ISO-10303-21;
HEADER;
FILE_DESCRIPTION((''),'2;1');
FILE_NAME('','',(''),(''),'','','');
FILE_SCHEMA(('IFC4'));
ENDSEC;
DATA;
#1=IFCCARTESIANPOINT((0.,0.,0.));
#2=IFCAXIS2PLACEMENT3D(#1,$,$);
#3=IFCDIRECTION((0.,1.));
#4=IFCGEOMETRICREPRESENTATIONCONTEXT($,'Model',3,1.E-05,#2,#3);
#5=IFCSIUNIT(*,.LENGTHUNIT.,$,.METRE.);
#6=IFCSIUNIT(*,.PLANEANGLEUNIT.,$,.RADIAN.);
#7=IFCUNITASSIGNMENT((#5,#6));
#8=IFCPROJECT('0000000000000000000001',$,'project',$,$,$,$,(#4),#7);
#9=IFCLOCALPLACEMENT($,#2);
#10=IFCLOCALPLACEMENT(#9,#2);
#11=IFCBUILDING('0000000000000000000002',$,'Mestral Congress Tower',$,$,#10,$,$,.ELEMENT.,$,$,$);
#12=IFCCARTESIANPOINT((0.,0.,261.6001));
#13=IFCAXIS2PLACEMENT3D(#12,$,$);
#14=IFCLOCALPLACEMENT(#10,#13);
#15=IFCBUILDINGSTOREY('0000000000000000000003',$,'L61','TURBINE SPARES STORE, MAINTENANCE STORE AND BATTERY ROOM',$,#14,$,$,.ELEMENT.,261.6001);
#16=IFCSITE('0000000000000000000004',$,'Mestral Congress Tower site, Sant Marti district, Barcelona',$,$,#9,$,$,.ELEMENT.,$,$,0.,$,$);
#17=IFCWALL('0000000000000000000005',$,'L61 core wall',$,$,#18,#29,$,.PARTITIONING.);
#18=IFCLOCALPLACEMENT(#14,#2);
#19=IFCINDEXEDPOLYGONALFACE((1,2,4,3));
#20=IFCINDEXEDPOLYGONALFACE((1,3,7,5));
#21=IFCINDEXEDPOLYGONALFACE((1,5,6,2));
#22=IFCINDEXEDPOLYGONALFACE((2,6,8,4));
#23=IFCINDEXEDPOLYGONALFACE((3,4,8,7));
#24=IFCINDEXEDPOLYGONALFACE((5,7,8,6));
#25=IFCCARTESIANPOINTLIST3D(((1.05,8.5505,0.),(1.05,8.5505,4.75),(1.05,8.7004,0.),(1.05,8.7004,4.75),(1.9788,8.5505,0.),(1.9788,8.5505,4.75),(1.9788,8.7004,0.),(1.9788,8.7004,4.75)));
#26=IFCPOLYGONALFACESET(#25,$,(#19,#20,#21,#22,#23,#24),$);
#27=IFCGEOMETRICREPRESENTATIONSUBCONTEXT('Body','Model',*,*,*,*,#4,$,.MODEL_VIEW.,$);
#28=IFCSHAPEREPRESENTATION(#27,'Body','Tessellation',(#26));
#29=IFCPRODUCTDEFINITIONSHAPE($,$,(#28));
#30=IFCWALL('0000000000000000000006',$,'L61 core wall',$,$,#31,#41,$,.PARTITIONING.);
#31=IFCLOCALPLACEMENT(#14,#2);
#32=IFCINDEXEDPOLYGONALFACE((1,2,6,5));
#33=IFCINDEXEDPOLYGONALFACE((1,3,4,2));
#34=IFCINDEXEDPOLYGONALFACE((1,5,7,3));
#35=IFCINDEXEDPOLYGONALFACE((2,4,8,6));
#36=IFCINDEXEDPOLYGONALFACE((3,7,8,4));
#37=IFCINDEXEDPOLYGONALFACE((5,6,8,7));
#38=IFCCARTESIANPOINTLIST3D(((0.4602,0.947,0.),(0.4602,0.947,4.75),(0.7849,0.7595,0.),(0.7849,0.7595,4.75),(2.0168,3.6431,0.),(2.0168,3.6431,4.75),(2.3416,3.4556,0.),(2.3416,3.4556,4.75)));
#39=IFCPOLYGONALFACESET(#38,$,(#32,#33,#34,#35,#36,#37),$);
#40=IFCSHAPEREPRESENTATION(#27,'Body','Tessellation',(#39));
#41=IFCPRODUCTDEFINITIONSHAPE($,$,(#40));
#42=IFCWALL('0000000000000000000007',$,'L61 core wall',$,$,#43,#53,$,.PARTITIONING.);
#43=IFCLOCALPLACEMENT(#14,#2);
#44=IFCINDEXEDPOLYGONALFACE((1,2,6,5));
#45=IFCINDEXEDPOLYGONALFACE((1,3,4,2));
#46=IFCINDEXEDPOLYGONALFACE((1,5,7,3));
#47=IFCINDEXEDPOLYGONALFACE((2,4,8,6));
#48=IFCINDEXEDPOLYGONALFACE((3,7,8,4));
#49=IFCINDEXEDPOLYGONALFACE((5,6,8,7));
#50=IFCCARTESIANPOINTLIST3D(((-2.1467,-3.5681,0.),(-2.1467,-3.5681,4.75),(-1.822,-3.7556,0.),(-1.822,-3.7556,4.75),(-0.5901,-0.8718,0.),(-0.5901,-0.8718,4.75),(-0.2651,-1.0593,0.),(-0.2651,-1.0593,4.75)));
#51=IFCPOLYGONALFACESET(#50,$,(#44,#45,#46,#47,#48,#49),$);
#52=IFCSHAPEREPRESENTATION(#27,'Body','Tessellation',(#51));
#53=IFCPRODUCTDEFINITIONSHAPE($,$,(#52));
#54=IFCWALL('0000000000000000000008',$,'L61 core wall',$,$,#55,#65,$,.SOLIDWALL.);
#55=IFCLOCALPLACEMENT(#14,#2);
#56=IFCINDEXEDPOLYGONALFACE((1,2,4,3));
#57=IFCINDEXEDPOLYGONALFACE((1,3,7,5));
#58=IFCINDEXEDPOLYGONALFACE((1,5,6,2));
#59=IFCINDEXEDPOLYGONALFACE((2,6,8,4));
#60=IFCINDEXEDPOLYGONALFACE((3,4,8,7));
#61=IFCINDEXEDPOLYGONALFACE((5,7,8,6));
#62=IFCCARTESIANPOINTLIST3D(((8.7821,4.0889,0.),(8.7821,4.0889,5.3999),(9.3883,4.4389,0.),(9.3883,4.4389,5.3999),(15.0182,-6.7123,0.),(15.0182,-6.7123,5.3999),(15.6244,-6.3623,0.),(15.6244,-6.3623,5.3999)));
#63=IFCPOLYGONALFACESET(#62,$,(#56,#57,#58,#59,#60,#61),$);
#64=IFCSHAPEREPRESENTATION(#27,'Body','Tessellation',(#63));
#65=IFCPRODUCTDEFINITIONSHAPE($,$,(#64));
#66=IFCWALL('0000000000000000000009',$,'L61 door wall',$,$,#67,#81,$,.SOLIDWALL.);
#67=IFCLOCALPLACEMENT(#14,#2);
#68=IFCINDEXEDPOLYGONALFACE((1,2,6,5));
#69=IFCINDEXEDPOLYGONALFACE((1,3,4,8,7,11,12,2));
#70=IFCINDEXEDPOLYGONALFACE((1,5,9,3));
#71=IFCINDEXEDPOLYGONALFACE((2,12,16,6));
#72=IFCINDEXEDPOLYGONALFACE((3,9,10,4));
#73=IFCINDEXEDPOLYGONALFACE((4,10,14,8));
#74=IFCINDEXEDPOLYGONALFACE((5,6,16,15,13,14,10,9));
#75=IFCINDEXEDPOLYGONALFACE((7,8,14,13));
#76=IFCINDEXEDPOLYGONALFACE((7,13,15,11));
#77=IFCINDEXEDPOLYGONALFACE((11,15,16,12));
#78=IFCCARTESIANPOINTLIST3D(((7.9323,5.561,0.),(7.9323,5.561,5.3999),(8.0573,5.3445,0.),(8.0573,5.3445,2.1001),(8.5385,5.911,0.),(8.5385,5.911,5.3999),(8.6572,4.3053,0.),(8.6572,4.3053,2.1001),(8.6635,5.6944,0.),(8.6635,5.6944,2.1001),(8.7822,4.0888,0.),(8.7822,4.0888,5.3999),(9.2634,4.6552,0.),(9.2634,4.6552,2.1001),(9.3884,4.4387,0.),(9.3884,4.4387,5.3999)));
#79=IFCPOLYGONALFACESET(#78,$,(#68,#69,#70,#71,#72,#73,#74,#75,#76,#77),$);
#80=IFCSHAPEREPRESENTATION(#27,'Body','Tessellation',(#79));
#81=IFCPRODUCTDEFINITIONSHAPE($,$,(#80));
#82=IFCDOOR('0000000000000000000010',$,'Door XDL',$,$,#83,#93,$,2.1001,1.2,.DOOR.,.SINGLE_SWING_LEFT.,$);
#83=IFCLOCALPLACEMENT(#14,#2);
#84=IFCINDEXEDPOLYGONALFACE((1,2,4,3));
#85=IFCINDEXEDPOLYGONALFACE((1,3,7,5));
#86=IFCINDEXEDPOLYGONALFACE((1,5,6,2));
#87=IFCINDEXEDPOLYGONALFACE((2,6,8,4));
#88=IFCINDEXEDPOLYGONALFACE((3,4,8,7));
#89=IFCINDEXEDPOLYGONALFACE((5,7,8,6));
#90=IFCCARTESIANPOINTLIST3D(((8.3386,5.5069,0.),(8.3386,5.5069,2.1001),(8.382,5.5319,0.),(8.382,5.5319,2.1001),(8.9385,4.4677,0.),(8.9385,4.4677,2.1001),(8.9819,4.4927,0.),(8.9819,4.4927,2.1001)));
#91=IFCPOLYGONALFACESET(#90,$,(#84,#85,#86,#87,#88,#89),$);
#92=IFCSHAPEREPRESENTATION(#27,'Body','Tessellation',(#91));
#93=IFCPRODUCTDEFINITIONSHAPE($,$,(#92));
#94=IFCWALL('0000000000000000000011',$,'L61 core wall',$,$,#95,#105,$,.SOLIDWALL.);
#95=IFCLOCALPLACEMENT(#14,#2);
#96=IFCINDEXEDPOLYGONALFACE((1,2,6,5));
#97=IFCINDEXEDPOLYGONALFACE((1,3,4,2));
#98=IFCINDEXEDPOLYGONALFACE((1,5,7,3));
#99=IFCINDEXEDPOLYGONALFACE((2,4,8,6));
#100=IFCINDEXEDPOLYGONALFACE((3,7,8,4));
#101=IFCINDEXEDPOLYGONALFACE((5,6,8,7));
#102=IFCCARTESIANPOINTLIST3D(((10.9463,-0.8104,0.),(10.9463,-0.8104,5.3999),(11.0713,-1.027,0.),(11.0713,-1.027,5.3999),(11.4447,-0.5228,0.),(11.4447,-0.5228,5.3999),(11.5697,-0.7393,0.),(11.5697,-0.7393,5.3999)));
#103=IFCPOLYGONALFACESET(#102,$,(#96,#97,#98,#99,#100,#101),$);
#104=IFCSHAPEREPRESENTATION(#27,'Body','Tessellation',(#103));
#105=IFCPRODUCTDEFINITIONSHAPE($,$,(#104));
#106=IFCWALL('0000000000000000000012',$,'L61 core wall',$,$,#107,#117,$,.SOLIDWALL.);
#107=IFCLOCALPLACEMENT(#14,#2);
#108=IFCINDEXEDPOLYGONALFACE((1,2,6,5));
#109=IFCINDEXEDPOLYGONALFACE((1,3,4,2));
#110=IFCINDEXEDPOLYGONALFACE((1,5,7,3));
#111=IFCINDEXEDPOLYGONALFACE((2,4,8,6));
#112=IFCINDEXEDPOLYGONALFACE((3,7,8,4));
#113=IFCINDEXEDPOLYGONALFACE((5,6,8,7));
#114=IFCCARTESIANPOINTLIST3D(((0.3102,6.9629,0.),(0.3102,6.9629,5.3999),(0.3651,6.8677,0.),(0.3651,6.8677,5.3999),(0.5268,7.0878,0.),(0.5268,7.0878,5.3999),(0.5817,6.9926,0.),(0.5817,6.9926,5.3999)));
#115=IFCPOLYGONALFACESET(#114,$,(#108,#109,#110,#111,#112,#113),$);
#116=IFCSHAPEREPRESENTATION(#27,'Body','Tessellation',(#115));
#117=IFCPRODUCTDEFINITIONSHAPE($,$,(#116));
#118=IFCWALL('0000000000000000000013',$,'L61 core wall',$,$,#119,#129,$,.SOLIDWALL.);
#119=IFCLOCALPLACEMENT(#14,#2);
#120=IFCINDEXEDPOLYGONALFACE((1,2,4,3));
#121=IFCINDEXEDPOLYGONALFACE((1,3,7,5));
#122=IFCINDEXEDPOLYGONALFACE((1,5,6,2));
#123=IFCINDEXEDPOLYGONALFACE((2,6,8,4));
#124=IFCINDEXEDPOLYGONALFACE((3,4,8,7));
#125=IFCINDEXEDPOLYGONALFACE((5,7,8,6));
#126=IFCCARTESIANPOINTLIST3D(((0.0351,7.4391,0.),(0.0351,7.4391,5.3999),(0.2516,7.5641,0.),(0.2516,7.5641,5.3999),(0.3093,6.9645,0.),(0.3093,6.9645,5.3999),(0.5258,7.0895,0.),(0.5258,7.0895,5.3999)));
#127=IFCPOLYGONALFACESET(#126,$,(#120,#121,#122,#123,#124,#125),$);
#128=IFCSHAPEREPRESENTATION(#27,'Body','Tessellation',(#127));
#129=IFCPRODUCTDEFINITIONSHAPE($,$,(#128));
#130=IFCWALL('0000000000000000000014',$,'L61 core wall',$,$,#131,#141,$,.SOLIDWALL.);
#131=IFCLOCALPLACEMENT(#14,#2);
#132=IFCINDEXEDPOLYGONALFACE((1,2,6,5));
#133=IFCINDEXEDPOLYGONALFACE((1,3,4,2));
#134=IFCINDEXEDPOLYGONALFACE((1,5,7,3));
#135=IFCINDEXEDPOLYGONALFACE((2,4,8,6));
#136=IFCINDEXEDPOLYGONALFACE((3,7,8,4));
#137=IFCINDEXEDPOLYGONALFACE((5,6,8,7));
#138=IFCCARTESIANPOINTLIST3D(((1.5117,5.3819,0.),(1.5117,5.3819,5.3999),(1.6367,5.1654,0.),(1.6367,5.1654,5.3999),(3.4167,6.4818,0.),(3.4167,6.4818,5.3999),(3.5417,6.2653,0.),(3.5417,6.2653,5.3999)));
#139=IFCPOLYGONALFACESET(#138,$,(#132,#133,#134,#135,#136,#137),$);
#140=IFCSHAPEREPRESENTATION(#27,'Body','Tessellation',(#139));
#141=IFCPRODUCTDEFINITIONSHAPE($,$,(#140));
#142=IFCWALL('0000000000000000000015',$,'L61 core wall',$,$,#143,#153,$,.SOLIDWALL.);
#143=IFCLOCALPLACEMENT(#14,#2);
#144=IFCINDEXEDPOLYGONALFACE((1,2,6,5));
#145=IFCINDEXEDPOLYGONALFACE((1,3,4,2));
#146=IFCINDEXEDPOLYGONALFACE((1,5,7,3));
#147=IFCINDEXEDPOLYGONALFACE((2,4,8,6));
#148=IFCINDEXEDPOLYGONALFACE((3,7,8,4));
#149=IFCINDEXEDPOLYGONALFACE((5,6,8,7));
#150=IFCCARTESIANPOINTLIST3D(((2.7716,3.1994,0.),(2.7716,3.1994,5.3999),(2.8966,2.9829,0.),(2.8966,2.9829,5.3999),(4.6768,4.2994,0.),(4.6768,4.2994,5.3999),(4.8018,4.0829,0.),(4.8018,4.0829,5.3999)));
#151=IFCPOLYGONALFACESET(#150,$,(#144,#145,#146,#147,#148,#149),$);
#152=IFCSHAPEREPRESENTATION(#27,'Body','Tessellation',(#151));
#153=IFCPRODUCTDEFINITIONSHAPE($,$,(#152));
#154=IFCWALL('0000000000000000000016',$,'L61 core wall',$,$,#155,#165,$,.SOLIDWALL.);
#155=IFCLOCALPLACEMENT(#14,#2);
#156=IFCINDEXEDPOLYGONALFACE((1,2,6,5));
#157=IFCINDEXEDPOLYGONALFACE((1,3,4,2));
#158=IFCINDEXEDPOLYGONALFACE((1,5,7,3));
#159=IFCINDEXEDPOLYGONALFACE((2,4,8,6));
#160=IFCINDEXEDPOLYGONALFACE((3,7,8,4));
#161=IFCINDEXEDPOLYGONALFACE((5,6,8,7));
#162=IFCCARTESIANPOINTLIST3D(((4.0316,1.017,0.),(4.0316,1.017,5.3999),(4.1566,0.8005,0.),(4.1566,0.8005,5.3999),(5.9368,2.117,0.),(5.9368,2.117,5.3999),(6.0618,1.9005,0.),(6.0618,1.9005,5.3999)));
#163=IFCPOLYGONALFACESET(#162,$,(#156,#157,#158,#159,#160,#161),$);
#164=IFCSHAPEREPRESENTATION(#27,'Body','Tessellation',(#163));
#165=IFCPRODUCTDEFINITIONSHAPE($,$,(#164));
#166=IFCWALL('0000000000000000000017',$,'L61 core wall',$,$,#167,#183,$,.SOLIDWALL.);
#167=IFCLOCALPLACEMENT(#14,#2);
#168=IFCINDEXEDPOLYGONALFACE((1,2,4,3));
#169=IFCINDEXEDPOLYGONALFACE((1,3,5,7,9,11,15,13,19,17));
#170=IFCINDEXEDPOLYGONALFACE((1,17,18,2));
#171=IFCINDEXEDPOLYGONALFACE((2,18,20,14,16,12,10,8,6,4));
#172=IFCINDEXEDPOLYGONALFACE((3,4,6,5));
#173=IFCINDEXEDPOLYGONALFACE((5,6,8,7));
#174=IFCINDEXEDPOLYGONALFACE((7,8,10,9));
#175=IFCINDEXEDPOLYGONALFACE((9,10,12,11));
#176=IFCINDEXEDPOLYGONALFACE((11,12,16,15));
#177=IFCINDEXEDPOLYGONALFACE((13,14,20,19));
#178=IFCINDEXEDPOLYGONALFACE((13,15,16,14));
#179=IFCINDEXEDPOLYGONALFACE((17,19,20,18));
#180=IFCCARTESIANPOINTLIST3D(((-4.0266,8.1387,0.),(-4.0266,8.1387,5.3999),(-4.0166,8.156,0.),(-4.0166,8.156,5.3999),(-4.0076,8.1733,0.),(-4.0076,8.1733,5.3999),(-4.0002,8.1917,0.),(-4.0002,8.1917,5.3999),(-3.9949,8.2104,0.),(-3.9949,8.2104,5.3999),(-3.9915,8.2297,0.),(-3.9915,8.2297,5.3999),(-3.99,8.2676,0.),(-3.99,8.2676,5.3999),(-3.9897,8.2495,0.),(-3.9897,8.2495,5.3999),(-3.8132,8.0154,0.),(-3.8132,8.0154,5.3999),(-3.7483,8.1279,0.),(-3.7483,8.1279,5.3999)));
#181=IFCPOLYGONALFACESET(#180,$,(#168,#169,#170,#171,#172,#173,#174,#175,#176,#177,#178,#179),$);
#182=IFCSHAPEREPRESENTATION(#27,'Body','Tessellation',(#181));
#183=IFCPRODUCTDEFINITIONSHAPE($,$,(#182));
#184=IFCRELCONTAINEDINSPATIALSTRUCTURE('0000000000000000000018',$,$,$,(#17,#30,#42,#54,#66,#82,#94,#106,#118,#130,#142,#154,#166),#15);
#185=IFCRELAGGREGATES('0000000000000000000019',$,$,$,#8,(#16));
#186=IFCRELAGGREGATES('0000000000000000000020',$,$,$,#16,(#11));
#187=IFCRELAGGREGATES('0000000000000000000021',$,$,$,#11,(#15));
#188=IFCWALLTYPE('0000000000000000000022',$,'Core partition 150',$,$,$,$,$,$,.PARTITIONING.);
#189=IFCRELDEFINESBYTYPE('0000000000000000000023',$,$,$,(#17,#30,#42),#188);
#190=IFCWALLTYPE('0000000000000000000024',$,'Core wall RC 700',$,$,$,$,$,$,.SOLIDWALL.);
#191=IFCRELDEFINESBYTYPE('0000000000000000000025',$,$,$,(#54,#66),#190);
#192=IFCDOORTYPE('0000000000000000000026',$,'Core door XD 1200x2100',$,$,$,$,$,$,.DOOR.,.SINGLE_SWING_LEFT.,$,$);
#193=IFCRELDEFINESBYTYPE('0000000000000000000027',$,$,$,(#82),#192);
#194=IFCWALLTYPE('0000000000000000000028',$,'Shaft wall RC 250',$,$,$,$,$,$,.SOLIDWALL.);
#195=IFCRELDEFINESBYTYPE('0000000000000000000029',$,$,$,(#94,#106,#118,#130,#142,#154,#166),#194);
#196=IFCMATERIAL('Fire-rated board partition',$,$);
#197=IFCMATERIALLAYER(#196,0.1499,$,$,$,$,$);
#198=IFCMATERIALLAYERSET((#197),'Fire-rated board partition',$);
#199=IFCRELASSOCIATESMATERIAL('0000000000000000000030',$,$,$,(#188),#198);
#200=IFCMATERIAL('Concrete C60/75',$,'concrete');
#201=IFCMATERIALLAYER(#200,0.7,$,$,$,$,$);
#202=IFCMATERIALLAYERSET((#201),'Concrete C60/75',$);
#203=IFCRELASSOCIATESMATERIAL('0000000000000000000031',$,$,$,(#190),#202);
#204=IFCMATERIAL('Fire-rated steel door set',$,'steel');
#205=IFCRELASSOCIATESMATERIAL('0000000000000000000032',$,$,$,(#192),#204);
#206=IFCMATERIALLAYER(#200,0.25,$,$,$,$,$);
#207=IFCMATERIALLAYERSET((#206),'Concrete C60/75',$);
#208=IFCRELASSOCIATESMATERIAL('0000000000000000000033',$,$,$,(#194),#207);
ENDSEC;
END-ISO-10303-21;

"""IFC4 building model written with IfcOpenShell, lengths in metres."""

from ifc_helpers import new_model, si_unit, direction, frame, frame_2d, origin, place, context, subcontext, project, spatial, polyline, rectangle, outline, extrude, material, layer, layer_set, type_object, element, fill, save


model = new_model("IFC4")

# Units and contexts
model_context = context("Model", 3, precision=1e-05, world=origin(), true_north=direction((0.0, 1.0)))
body_context = subcontext(model_context, "Body", "Model", "MODEL_VIEW")
ifc_project = project(units=[si_unit("LENGTHUNIT", "METRE"), si_unit("PLANEANGLEUNIT", "RADIAN")], contexts=[model_context])

# Site, building, storey
site_placement = place(None, origin())
site = spatial("IfcSite", under=ifc_project, at=site_placement, Name="Mestral Congress Tower site, Sant Marti district, Barcelona", CompositionType="ELEMENT", RefElevation=0.0)
building_placement = place(site_placement, origin())
building = spatial("IfcBuilding", under=site, at=building_placement, Name="Mestral Congress Tower", CompositionType="ELEMENT")
storey_placement = place(building_placement, frame((0.0, 0.0, 261.6001)))
storey = spatial("IfcBuildingStorey", under=building, at=storey_placement, Name="L61", Description="TURBINE SPARES STORE, MAINTENANCE STORE AND BATTERY ROOM", CompositionType="ELEMENT", Elevation=261.6001)

# Walls
ifc_material_1 = material(Name="Fire-rated board partition")
ifc_layer_1 = layer(ifc_material_1, 0.1499)
ifc_layer_set_1 = layer_set([ifc_layer_1], Name="Fire-rated board partition")
wall_type_1 = type_object("IfcWallType", Name="Core partition 150", PredefinedType="PARTITIONING", material=ifc_layer_set_1)
wall_1_placement = place(storey_placement, frame((1.05, 8.6255, 0.0), z_axis=(0.0, 0.0, 1.0), x_axis=(1.0, 0.0, 0.0)))
element("IfcWall", 1, at=wall_1_placement, inside=storey, type_object=wall_type_1, Name="L61 core wall", PredefinedType="PARTITIONING", context=body_context, shape_type="SweptSolid", body=[
    extrude(rectangle(XDim=0.9287, YDim=0.1499, at=frame_2d((0.4644, 0.0))), origin(), (0.0, 0.0, 1.0), 4.75),
])
placement = place(storey_placement, origin())
element("IfcWall", 2, at=placement, inside=storey, type_object=wall_type_1, Name="L61 core wall", PredefinedType="PARTITIONING", context=body_context, shape_type="SweptSolid", body=[
    extrude(outline(polyline([(2.0168, 3.6431), (2.3416, 3.4556), (0.7849, 0.7595), (0.4602, 0.947), (2.0168, 3.6431)])), origin(), (0.0, 0.0, 1.0), 4.75),
])
element("IfcWall", 3, at=placement, inside=storey, type_object=wall_type_1, Name="L61 core wall", PredefinedType="PARTITIONING", context=body_context, shape_type="SweptSolid", body=[
    extrude(outline(polyline([(-0.5901, -0.8718), (-0.2651, -1.0593), (-1.822, -3.7556), (-2.1467, -3.5681), (-0.5901, -0.8718)])), origin(), (0.0, 0.0, 1.0), 4.75),
])
ifc_material_2 = material(Name="Concrete C60/75", Category="concrete")
ifc_layer_2 = layer(ifc_material_2, 0.7)
ifc_layer_set_2 = layer_set([ifc_layer_2], Name="Concrete C60/75")
wall_type_2 = type_object("IfcWallType", Name="Core wall RC 700", PredefinedType="SOLIDWALL", material=ifc_layer_set_2)
wall_2_placement = place(storey_placement, frame((9.0852, 4.2639, 0.0), z_axis=(0.0, 0.0, 1.0), x_axis=(0.499998, -0.866027, 0.0)))
element("IfcWall", 4, at=wall_2_placement, inside=storey, type_object=wall_type_2, Name="L61 core wall", PredefinedType="SOLIDWALL", context=body_context, shape_type="SweptSolid", body=[
    extrude(rectangle(XDim=12.4722, YDim=0.7, at=frame_2d((6.2361, 0.0))), origin(), (0.0, 0.0, 1.0), 5.3999),
])

# Wall, opening, door
wall_3_placement = place(storey_placement, frame((8.2354, 5.7361, 0.0), z_axis=(0.0, 0.0, 1.0), x_axis=(0.499955, -0.866052, 0.0)))
wall_3 = element("IfcWall", 5, at=wall_3_placement, inside=storey, type_object=wall_type_2, Name="L61 door wall", PredefinedType="SOLIDWALL", context=body_context, shape_type="SweptSolid", body=[
    extrude(rectangle(XDim=1.7, YDim=0.7, at=frame_2d((0.8501, 0.0))), origin(), (0.0, 0.0, 1.0), 5.3999),
])
opening_1_placement = place(wall_3_placement, frame((0.25, 0.0, 0.0)))
opening_1 = element("IfcOpeningElement", 6, at=opening_1_placement, cuts=wall_3, PredefinedType="OPENING", context=body_context, shape_type="SweptSolid", body=[
    extrude(rectangle(XDim=1.2, YDim=2.1001, at=frame_2d((0.6001, 1.05))), frame((0.0, 0.3599, 0.0), z_axis=(0.0, -1.0, 0.0), x_axis=(1.0, 0.0, 0.0)), (0.0, 0.0, 1.0), 0.72),
])
ifc_material_3 = material(Name="Fire-rated steel door set", Category="steel")
door_type_1 = type_object("IfcDoorType", Name="Core door XD 1200x2100", OperationType="SINGLE_SWING_LEFT", PredefinedType="DOOR", material=ifc_material_3)
door_1_placement = place(opening_1_placement, origin())
door_1 = element("IfcDoor", 7, at=door_1_placement, inside=storey, type_object=door_type_1, Name="Door XDL", OperationType="SINGLE_SWING_LEFT", OverallHeight=2.1001, OverallWidth=1.2, PredefinedType="DOOR", context=body_context, shape_type="SweptSolid", body=[
    extrude(rectangle(XDim=1.2, YDim=2.1001, at=frame_2d((0.6001, 1.05))), frame((0.0, 0.0249, 0.0), z_axis=(0.0, -1.0, 0.0), x_axis=(1.0, 0.0, 0.0)), (0.0, 0.0, 1.0), 0.05),
])
fill(opening_1, door_1)

# Walls
ifc_layer_3 = layer(ifc_material_2, 0.25)
ifc_layer_set_3 = layer_set([ifc_layer_3], Name="Concrete C60/75")
wall_type_3 = type_object("IfcWallType", Name="Shaft wall RC 250", PredefinedType="SOLIDWALL", material=ifc_layer_set_3)
wall_4_placement = place(storey_placement, frame((11.5071, -0.6311, 0.0), z_axis=(0.0, 0.0, 1.0), x_axis=(-0.866094, -0.499882, 0.0)))
element("IfcWall", 8, at=wall_4_placement, inside=storey, type_object=wall_type_3, Name="L61 core wall", PredefinedType="SOLIDWALL", context=body_context, shape_type="SweptSolid", body=[
    extrude(rectangle(XDim=0.5754, YDim=0.25, at=frame_2d((0.2876, 0.0))), origin(), (0.0, 0.0, 1.0), 5.3999),
])
wall_5_placement = place(storey_placement, frame((0.4734, 6.9302, 0.0), z_axis=(0.0, 0.0, 1.0), x_axis=(-0.499722, 0.866186, 0.0)))
element("IfcWall", 9, at=wall_5_placement, inside=storey, type_object=wall_type_3, Name="L61 core wall", PredefinedType="SOLIDWALL", context=body_context, shape_type="SweptSolid", body=[
    extrude(rectangle(XDim=0.1099, YDim=0.25, at=frame_2d((0.0549, 0.0))), origin(), (0.0, 0.0, 1.0), 5.3999),
])
wall_6_placement = place(storey_placement, frame((0.4175, 7.0271, 0.0), z_axis=(0.0, 0.0, 1.0), x_axis=(-0.500211, 0.865904, 0.0)))
element("IfcWall", 10, at=wall_6_placement, inside=storey, type_object=wall_type_3, Name="L61 core wall", PredefinedType="SOLIDWALL", context=body_context, shape_type="SweptSolid", body=[
    extrude(rectangle(XDim=0.5481, YDim=0.25, at=frame_2d((0.2739, 0.0))), origin(), (0.0, 0.0, 1.0), 5.3999),
])
wall_7_placement = place(storey_placement, frame((1.5742, 5.2737, 0.0), z_axis=(0.0, 0.0, 1.0), x_axis=(0.866028, 0.499995, 0.0)))
element("IfcWall", 11, at=wall_7_placement, inside=storey, type_object=wall_type_3, Name="L61 core wall", PredefinedType="SOLIDWALL", context=body_context, shape_type="SweptSolid", body=[
    extrude(rectangle(XDim=2.1997, YDim=0.25, at=frame_2d((1.0999, 0.0))), origin(), (0.0, 0.0, 1.0), 5.3999),
])
for number, where, z_axis, x_axis, name in (
    (12, (2.834, 3.0911, 0.0), (0.0, 0.0, 1.0), (0.866008, 0.50003, 0.0), "L61 core wall"),
    (13, (4.094, 0.9087, 0.0), (0.0, 0.0, 1.0), (0.866008, 0.50003, 0.0), "L61 core wall"),
):
    element("IfcWall", number, at=place(storey_placement, frame(where, z_axis=z_axis, x_axis=x_axis)), inside=storey, type_object=wall_type_3, Name=name, PredefinedType="SOLIDWALL", context=body_context, shape_type="SweptSolid", body=[
        extrude(rectangle(XDim=2.2, YDim=0.25, at=frame_2d((1.1001, 0.0))), origin(), (0.0, 0.0, 1.0), 5.3999),
    ])
element("IfcWall", 14, at=placement, inside=storey, type_object=wall_type_3, Name="L61 core wall", PredefinedType="SOLIDWALL", context=body_context, shape_type="SweptSolid", body=[
    extrude(outline(polyline([(-3.7483, 8.1279), (-3.8132, 8.0154), (-4.0266, 8.1387), (-4.0166, 8.156), (-4.0076, 8.1733), (-4.0002, 8.1917), (-3.9949, 8.2104), (-3.9915, 8.2297), (-3.9897, 8.2495), (-3.99, 8.2676), (-3.7483, 8.1279)])), origin(), (0.0, 0.0, 1.0), 5.3999),
])

save(model, "model.ifc")
